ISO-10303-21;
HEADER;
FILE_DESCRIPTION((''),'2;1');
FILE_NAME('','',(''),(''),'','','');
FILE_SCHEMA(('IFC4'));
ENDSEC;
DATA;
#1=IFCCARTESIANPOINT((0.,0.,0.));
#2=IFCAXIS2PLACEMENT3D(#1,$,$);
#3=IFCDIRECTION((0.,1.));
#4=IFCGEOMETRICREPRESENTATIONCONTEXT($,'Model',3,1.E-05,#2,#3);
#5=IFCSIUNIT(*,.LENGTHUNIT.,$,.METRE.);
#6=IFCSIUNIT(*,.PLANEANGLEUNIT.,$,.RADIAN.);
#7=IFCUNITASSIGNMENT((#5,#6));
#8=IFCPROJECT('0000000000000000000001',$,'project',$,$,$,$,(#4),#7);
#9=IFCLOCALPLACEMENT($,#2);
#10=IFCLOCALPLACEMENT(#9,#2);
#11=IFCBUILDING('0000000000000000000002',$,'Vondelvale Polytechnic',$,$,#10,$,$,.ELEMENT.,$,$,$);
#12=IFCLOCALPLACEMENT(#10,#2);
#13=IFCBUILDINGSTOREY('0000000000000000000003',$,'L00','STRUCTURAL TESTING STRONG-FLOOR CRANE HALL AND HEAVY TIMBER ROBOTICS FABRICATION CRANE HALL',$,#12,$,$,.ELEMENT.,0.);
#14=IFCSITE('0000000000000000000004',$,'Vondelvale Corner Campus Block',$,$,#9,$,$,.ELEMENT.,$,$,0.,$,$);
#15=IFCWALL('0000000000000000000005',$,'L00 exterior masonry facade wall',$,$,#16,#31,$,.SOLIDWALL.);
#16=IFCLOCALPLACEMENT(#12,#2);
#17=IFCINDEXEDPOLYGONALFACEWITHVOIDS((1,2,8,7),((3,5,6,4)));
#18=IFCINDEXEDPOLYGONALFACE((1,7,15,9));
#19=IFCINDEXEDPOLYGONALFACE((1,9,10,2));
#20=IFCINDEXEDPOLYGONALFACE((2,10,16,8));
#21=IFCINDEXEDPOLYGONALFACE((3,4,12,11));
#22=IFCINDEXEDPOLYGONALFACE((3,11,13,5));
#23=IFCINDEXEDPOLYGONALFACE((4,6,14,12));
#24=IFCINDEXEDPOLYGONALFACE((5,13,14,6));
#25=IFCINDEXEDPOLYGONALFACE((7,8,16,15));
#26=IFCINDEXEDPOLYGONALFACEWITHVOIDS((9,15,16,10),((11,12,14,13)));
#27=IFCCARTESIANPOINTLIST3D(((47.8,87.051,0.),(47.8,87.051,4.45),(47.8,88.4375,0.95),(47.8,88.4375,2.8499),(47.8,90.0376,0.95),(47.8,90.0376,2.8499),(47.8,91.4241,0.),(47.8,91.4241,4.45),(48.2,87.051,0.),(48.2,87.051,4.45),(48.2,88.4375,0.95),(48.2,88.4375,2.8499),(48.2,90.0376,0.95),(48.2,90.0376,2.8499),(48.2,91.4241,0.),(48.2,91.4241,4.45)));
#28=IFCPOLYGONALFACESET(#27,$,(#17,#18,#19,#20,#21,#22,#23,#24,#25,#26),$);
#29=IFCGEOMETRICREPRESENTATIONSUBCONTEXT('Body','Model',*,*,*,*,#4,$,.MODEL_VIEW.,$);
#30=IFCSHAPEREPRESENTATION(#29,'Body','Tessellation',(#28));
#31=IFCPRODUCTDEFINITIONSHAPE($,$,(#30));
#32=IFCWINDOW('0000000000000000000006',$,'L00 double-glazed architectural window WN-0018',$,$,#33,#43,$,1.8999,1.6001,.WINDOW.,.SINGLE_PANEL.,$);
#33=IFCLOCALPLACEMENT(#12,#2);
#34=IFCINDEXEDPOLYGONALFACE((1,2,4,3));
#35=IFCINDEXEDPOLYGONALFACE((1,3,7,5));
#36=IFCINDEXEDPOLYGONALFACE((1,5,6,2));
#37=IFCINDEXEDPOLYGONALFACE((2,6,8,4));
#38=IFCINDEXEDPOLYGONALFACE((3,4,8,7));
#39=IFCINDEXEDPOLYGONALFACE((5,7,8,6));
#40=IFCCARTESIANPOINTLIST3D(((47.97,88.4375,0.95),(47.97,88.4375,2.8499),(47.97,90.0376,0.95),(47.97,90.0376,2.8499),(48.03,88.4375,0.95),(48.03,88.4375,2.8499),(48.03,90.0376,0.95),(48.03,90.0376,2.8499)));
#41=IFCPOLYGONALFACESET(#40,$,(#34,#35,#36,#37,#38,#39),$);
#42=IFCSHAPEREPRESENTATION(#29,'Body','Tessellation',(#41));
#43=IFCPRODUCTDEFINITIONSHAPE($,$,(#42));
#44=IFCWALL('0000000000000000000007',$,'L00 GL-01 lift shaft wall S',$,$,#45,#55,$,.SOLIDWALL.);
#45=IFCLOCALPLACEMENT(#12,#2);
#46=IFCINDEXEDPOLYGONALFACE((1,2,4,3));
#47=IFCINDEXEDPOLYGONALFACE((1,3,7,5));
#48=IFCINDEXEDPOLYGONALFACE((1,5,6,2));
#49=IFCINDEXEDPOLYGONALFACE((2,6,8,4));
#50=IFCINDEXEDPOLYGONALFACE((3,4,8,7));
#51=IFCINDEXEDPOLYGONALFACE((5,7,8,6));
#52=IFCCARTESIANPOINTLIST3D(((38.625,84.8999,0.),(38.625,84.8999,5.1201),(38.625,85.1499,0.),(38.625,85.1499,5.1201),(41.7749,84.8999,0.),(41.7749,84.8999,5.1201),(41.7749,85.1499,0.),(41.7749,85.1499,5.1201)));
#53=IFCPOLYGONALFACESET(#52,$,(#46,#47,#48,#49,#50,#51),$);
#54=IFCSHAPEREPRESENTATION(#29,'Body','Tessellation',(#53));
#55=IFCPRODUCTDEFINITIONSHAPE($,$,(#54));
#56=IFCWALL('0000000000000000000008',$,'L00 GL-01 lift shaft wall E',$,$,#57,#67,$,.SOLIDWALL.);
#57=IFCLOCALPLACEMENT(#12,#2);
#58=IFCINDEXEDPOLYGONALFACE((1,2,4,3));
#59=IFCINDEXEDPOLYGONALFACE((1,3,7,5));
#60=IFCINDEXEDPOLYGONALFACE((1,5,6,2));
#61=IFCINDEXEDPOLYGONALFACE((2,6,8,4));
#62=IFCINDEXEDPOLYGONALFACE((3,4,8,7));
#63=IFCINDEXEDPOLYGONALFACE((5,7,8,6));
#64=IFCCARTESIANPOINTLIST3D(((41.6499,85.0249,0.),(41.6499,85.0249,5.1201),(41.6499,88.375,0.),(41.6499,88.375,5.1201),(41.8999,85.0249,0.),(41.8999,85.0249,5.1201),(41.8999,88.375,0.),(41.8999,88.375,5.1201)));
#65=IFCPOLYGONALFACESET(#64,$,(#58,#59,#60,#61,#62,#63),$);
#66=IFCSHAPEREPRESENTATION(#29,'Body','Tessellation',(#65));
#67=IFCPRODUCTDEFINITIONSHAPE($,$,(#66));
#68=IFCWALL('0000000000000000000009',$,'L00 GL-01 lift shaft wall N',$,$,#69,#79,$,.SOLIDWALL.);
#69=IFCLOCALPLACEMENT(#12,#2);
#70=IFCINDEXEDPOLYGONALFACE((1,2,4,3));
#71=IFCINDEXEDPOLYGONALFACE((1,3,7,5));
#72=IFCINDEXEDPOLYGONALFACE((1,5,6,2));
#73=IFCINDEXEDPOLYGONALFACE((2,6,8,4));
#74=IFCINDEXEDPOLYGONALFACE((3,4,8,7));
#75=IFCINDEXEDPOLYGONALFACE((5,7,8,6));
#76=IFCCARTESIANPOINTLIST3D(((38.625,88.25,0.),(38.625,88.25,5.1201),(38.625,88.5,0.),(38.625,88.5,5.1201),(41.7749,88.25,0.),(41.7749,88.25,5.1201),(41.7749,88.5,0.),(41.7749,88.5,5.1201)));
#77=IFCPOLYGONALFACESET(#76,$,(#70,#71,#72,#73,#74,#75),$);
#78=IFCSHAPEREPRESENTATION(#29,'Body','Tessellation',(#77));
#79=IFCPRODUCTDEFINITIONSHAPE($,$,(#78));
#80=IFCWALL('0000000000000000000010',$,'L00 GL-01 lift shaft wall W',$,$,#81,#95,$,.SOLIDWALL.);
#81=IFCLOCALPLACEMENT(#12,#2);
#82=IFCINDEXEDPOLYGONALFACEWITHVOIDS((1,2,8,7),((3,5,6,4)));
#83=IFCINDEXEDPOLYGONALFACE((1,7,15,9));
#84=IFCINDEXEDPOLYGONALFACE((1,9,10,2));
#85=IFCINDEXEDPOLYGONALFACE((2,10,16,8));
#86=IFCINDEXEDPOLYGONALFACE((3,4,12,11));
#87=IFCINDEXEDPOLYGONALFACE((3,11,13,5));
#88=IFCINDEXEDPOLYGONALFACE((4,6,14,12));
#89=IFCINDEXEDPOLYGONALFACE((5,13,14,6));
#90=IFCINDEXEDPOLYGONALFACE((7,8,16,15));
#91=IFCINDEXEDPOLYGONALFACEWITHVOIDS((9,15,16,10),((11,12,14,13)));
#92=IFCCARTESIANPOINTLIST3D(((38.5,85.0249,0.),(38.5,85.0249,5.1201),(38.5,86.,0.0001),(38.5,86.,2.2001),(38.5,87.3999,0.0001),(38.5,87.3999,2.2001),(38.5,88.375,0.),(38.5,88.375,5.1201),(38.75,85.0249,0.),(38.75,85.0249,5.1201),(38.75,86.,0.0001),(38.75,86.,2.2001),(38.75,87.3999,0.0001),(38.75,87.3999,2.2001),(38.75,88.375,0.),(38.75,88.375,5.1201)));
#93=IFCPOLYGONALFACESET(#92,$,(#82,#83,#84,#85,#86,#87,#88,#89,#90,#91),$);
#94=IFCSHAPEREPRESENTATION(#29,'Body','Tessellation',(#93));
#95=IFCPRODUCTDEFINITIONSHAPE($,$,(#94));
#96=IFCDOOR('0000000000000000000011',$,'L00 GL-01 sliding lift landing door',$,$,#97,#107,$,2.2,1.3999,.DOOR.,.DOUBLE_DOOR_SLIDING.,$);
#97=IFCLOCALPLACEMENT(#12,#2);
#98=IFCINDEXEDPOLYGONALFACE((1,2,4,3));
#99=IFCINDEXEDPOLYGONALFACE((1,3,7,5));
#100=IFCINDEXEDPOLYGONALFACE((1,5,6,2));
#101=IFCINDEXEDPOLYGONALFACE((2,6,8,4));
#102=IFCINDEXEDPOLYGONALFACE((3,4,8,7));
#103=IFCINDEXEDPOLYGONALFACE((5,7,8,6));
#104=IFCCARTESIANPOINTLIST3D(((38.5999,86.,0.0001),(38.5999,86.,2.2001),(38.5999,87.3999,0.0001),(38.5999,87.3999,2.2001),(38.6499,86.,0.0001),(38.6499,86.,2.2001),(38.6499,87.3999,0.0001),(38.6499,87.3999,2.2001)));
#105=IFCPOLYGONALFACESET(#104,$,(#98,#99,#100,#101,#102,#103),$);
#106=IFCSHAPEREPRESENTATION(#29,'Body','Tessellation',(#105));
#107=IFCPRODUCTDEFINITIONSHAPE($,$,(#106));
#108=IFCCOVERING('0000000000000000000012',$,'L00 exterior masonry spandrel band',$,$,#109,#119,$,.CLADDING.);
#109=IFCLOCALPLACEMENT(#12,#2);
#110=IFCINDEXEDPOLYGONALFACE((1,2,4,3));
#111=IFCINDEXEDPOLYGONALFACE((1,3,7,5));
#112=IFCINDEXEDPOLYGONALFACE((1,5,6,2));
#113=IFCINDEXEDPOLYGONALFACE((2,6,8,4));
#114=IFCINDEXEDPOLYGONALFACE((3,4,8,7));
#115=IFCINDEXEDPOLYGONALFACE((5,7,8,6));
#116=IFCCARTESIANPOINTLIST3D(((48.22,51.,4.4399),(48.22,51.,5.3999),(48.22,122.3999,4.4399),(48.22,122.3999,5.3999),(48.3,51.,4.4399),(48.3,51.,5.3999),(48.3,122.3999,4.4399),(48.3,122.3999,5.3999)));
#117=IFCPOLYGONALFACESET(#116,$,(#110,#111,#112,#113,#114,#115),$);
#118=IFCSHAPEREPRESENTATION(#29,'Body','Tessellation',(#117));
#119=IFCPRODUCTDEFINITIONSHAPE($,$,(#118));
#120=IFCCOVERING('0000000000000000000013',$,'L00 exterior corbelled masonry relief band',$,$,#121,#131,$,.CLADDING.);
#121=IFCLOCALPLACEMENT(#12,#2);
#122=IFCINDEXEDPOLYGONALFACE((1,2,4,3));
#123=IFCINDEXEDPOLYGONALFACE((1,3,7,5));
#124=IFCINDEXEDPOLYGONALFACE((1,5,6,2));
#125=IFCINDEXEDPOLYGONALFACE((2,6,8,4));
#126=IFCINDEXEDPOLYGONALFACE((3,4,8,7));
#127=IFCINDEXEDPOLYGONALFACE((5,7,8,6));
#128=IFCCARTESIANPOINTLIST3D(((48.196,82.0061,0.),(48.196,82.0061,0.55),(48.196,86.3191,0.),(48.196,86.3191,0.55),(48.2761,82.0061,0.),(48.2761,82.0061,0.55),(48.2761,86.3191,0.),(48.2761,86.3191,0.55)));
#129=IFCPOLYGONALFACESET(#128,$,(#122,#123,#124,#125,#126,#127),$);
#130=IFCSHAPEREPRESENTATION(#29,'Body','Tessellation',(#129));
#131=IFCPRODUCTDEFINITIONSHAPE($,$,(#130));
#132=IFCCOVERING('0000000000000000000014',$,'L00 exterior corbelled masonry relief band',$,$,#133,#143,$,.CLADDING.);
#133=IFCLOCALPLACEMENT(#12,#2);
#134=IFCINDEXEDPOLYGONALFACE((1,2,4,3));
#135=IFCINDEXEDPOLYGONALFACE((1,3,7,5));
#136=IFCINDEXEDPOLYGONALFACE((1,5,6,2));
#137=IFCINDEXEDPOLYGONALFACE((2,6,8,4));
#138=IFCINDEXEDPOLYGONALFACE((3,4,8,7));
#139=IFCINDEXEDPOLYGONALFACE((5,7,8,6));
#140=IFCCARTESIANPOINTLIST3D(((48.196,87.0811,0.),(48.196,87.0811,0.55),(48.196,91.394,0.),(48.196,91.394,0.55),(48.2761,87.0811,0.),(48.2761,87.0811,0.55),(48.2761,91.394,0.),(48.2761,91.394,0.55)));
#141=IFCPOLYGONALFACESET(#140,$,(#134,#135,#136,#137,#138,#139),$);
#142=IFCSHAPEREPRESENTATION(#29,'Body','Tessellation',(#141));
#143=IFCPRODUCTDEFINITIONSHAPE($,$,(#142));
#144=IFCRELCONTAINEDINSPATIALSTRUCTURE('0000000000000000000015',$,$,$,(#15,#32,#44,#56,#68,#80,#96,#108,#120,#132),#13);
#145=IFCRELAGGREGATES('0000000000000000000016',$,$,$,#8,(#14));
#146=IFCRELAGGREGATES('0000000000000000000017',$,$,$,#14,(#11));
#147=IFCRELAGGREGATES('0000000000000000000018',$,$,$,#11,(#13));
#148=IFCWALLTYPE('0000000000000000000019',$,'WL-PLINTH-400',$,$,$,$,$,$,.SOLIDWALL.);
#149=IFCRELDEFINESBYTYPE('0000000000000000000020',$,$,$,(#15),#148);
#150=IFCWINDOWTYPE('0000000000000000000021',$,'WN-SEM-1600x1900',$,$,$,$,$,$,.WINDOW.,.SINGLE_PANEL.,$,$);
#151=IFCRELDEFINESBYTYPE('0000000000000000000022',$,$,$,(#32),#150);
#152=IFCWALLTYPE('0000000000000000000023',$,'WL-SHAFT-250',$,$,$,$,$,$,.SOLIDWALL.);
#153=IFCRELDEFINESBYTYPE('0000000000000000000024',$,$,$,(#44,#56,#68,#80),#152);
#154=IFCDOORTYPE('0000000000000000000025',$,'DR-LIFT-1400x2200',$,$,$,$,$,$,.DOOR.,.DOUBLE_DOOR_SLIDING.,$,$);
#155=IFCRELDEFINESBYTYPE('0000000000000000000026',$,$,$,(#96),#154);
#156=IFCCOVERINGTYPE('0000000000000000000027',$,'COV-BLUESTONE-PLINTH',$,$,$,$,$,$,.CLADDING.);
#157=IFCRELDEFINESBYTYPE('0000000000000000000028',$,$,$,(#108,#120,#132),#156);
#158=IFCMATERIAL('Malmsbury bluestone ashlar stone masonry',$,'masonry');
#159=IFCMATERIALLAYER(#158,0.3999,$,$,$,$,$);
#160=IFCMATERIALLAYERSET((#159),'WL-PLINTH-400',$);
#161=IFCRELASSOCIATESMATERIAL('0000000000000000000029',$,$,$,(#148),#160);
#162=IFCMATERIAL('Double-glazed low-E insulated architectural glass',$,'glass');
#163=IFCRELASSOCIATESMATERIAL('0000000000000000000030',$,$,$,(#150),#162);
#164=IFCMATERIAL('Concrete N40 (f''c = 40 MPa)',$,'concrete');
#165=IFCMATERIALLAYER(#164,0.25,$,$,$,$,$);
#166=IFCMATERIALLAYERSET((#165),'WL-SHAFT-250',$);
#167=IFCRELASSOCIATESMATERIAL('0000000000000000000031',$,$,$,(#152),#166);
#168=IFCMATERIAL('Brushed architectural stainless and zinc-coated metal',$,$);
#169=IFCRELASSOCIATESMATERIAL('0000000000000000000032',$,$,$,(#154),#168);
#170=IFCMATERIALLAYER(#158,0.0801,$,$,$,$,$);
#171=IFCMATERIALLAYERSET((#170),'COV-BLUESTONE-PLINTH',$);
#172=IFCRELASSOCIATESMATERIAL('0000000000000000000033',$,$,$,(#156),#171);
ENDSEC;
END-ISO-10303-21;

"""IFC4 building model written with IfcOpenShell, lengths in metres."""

from ifc_helpers import new_model, si_unit, direction, frame, frame_2d, origin, origin_2d, place, context, subcontext, project, spatial, rectangle, extrude, material, layer, layer_set, type_object, element, fill, save


model = new_model("IFC4")

# Units and contexts
model_context = context("Model", 3, precision=1e-05, world=origin(), true_north=direction((0.0, 1.0)))
body_context = subcontext(model_context, "Body", "Model", "MODEL_VIEW")
ifc_project = project(units=[si_unit("LENGTHUNIT", "METRE"), si_unit("PLANEANGLEUNIT", "RADIAN")], contexts=[model_context])

# Site, building, storey
site_placement = place(None, origin())
site = spatial("IfcSite", under=ifc_project, at=site_placement, Name="Vondelvale Corner Campus Block", CompositionType="ELEMENT", RefElevation=0.0)
building_placement = place(site_placement, origin())
building = spatial("IfcBuilding", under=site, at=building_placement, Name="Vondelvale Polytechnic", CompositionType="ELEMENT")
storey_placement = place(building_placement, origin())
storey = spatial("IfcBuildingStorey", under=building, at=storey_placement, Name="L00", Description="STRUCTURAL TESTING STRONG-FLOOR CRANE HALL AND HEAVY TIMBER ROBOTICS FABRICATION CRANE HALL", CompositionType="ELEMENT", Elevation=0.0)

# Shared definitions
ifc_material_1 = material(Name="Concrete N40 (f'c = 40 MPa)", Category="concrete")

# Shared definitions
ifc_material_2 = material(Name="Double-glazed low-E insulated architectural glass", Category="glass")

# Wall, opening, window
ifc_material_3 = material(Name="Malmsbury bluestone ashlar stone masonry", Category="masonry")
ifc_layer_1 = layer(ifc_material_3, 0.3999)
ifc_layer_set_1 = layer_set([ifc_layer_1], Name="WL-PLINTH-400")
wall_type_1 = type_object("IfcWallType", Name="WL-PLINTH-400", PredefinedType="SOLIDWALL", material=ifc_layer_set_1)
window_type = type_object("IfcWindowType", Name="WN-SEM-1600x1900", PartitioningType="SINGLE_PANEL", PredefinedType="WINDOW", material=ifc_material_2)
wall_1_placement = place(storey_placement, frame((48.0, 91.4241, 0.0), z_axis=(0.0, 0.0, 1.0), x_axis=(0.0, -1.0, 0.0)))
wall_1 = element("IfcWall", 1, at=wall_1_placement, inside=storey, type_object=wall_type_1, Name="L00 exterior masonry facade wall", PredefinedType="SOLIDWALL", context=body_context, shape_type="SweptSolid", body=[
    extrude(rectangle(XDim=4.373, YDim=0.3999, at=frame_2d((2.1865, 0.0))), origin(), (0.0, 0.0, 1.0), 4.45),
])
opening_1_placement = place(wall_1_placement, frame((1.3865, 0.0, 0.95)))
opening_1 = element("IfcOpeningElement", 2, at=opening_1_placement, cuts=wall_1, PredefinedType="OPENING", context=body_context, shape_type="SweptSolid", body=[
    extrude(rectangle(XDim=1.6001, YDim=1.8999, at=frame_2d((0.8, 0.95))), frame((0.0, 0.21, 0.0), z_axis=(0.0, -1.0, 0.0), x_axis=(1.0, 0.0, 0.0)), (0.0, 0.0, 1.0), 0.4199),
])
window_1_placement = place(opening_1_placement, origin())
window_1 = element("IfcWindow", 3, at=window_1_placement, inside=storey, type_object=window_type, Name="L00 double-glazed architectural window WN-0018", OverallHeight=1.8999, OverallWidth=1.6001, PartitioningType="SINGLE_PANEL", PredefinedType="WINDOW", context=body_context, shape_type="SweptSolid", body=[
    extrude(rectangle(XDim=1.6001, YDim=1.8999, at=frame_2d((0.8, 0.95))), frame((0.0, 0.03, 0.0), z_axis=(0.0, -1.0, 0.0), x_axis=(1.0, 0.0, 0.0)), (0.0, 0.0, 1.0), 0.0601),
])
fill(opening_1, window_1)

# Walls
ifc_layer_2 = layer(ifc_material_1, 0.25)
ifc_layer_set_2 = layer_set([ifc_layer_2], Name="WL-SHAFT-250")
wall_type_2 = type_object("IfcWallType", Name="WL-SHAFT-250", PredefinedType="SOLIDWALL", material=ifc_layer_set_2)
wall_2_placement = place(storey_placement, frame((38.625, 85.0249, 0.0), z_axis=(0.0, 0.0, 1.0), x_axis=(1.0, 0.0, 0.0)))
element("IfcWall", 4, at=wall_2_placement, inside=storey, type_object=wall_type_2, Name="L00 GL-01 lift shaft wall S", PredefinedType="SOLIDWALL", context=body_context, shape_type="SweptSolid", body=[
    extrude(rectangle(XDim=3.1499, YDim=0.25, at=frame_2d((1.575, 0.0))), origin(), (0.0, 0.0, 1.0), 5.1201),
])
wall_3_placement = place(storey_placement, frame((41.7749, 85.0249, 0.0), z_axis=(0.0, 0.0, 1.0), x_axis=(0.0, 1.0, 0.0)))
element("IfcWall", 5, at=wall_3_placement, inside=storey, type_object=wall_type_2, Name="L00 GL-01 lift shaft wall E", PredefinedType="SOLIDWALL", context=body_context, shape_type="SweptSolid", body=[
    extrude(rectangle(XDim=3.3501, YDim=0.25, at=frame_2d((1.675, 0.0))), origin(), (0.0, 0.0, 1.0), 5.1201),
])
wall_4_placement = place(storey_placement, frame((41.7749, 88.375, 0.0), z_axis=(0.0, 0.0, 1.0), x_axis=(-1.0, 0.0, 0.0)))
element("IfcWall", 6, at=wall_4_placement, inside=storey, type_object=wall_type_2, Name="L00 GL-01 lift shaft wall N", PredefinedType="SOLIDWALL", context=body_context, shape_type="SweptSolid", body=[
    extrude(rectangle(XDim=3.1499, YDim=0.25, at=frame_2d((1.575, 0.0))), origin(), (0.0, 0.0, 1.0), 5.1201),
])

# Wall, opening, door
wall_5_placement = place(storey_placement, frame((38.625, 88.375, 0.0), z_axis=(0.0, 0.0, 1.0), x_axis=(0.0, -1.0, 0.0)))
wall_5 = element("IfcWall", 7, at=wall_5_placement, inside=storey, type_object=wall_type_2, Name="L00 GL-01 lift shaft wall W", PredefinedType="SOLIDWALL", context=body_context, shape_type="SweptSolid", body=[
    extrude(rectangle(XDim=3.3501, YDim=0.25, at=frame_2d((1.675, 0.0))), origin(), (0.0, 0.0, 1.0), 5.1201),
])
opening_2_placement = place(wall_5_placement, frame((0.9751, 0.0, 0.0)))
opening_2 = element("IfcOpeningElement", 8, at=opening_2_placement, cuts=wall_5, PredefinedType="OPENING", context=body_context, shape_type="SweptSolid", body=[
    extrude(rectangle(XDim=1.3999, YDim=2.2, at=frame_2d((0.7, 1.1001))), frame((0.0, 0.135, 0.0), z_axis=(0.0, -1.0, 0.0), x_axis=(1.0, 0.0, 0.0)), (0.0, 0.0, 1.0), 0.27),
])
ifc_material_4 = material(Name="Brushed architectural stainless and zinc-coated metal")
door_type = type_object("IfcDoorType", Name="DR-LIFT-1400x2200", OperationType="DOUBLE_DOOR_SLIDING", PredefinedType="DOOR", material=ifc_material_4)
door_placement = place(opening_2_placement, origin())
door = element("IfcDoor", 9, at=door_placement, inside=storey, type_object=door_type, Name="L00 GL-01 sliding lift landing door", OperationType="DOUBLE_DOOR_SLIDING", OverallHeight=2.2, OverallWidth=1.3999, PredefinedType="DOOR", context=body_context, shape_type="SweptSolid", body=[
    extrude(rectangle(XDim=1.3999, YDim=2.2, at=frame_2d((0.7, 1.1001))), frame((0.0, 0.0249, 0.0), z_axis=(0.0, -1.0, 0.0), x_axis=(1.0, 0.0, 0.0)), (0.0, 0.0, 1.0), 0.05),
])
fill(opening_2, door)

# Coverings
ifc_layer_3 = layer(ifc_material_3, 0.0801)
ifc_layer_set_3 = layer_set([ifc_layer_3], Name="COV-BLUESTONE-PLINTH")
covering_type = type_object("IfcCoveringType", Name="COV-BLUESTONE-PLINTH", PredefinedType="CLADDING", material=ifc_layer_set_3)
covering_placement = place(storey_placement, frame((48.26, 86.7, 4.4399), z_axis=(0.0, 0.0, 1.0), x_axis=(0.0, 1.0, 0.0)))
element("IfcCovering", 10, at=covering_placement, inside=storey, type_object=covering_type, Name="L00 exterior masonry spandrel band", PredefinedType="CLADDING", context=body_context, shape_type="SweptSolid", body=[
    extrude(rectangle(XDim=71.3999, YDim=0.0801, at=origin_2d()), origin(), (0.0, 0.0, 1.0), 0.96),
])
for number, where, z_axis, x_axis, name in (
    (11, (48.2361, 84.1626, 0.0), (0.0, 0.0, 1.0), (0.0, -1.0, 0.0), "L00 exterior corbelled masonry relief band"),
    (12, (48.2361, 89.2375, 0.0), (0.0, 0.0, 1.0), (0.0, -1.0, 0.0), "L00 exterior corbelled masonry relief band"),
):
    element("IfcCovering", number, at=place(storey_placement, frame(where, z_axis=z_axis, x_axis=x_axis)), inside=storey, type_object=covering_type, Name=name, PredefinedType="CLADDING", context=body_context, shape_type="SweptSolid", body=[
        extrude(rectangle(XDim=4.313, YDim=0.0801, at=origin_2d()), origin(), (0.0, 0.0, 1.0), 0.55),
    ])

save(model, "model.ifc")
